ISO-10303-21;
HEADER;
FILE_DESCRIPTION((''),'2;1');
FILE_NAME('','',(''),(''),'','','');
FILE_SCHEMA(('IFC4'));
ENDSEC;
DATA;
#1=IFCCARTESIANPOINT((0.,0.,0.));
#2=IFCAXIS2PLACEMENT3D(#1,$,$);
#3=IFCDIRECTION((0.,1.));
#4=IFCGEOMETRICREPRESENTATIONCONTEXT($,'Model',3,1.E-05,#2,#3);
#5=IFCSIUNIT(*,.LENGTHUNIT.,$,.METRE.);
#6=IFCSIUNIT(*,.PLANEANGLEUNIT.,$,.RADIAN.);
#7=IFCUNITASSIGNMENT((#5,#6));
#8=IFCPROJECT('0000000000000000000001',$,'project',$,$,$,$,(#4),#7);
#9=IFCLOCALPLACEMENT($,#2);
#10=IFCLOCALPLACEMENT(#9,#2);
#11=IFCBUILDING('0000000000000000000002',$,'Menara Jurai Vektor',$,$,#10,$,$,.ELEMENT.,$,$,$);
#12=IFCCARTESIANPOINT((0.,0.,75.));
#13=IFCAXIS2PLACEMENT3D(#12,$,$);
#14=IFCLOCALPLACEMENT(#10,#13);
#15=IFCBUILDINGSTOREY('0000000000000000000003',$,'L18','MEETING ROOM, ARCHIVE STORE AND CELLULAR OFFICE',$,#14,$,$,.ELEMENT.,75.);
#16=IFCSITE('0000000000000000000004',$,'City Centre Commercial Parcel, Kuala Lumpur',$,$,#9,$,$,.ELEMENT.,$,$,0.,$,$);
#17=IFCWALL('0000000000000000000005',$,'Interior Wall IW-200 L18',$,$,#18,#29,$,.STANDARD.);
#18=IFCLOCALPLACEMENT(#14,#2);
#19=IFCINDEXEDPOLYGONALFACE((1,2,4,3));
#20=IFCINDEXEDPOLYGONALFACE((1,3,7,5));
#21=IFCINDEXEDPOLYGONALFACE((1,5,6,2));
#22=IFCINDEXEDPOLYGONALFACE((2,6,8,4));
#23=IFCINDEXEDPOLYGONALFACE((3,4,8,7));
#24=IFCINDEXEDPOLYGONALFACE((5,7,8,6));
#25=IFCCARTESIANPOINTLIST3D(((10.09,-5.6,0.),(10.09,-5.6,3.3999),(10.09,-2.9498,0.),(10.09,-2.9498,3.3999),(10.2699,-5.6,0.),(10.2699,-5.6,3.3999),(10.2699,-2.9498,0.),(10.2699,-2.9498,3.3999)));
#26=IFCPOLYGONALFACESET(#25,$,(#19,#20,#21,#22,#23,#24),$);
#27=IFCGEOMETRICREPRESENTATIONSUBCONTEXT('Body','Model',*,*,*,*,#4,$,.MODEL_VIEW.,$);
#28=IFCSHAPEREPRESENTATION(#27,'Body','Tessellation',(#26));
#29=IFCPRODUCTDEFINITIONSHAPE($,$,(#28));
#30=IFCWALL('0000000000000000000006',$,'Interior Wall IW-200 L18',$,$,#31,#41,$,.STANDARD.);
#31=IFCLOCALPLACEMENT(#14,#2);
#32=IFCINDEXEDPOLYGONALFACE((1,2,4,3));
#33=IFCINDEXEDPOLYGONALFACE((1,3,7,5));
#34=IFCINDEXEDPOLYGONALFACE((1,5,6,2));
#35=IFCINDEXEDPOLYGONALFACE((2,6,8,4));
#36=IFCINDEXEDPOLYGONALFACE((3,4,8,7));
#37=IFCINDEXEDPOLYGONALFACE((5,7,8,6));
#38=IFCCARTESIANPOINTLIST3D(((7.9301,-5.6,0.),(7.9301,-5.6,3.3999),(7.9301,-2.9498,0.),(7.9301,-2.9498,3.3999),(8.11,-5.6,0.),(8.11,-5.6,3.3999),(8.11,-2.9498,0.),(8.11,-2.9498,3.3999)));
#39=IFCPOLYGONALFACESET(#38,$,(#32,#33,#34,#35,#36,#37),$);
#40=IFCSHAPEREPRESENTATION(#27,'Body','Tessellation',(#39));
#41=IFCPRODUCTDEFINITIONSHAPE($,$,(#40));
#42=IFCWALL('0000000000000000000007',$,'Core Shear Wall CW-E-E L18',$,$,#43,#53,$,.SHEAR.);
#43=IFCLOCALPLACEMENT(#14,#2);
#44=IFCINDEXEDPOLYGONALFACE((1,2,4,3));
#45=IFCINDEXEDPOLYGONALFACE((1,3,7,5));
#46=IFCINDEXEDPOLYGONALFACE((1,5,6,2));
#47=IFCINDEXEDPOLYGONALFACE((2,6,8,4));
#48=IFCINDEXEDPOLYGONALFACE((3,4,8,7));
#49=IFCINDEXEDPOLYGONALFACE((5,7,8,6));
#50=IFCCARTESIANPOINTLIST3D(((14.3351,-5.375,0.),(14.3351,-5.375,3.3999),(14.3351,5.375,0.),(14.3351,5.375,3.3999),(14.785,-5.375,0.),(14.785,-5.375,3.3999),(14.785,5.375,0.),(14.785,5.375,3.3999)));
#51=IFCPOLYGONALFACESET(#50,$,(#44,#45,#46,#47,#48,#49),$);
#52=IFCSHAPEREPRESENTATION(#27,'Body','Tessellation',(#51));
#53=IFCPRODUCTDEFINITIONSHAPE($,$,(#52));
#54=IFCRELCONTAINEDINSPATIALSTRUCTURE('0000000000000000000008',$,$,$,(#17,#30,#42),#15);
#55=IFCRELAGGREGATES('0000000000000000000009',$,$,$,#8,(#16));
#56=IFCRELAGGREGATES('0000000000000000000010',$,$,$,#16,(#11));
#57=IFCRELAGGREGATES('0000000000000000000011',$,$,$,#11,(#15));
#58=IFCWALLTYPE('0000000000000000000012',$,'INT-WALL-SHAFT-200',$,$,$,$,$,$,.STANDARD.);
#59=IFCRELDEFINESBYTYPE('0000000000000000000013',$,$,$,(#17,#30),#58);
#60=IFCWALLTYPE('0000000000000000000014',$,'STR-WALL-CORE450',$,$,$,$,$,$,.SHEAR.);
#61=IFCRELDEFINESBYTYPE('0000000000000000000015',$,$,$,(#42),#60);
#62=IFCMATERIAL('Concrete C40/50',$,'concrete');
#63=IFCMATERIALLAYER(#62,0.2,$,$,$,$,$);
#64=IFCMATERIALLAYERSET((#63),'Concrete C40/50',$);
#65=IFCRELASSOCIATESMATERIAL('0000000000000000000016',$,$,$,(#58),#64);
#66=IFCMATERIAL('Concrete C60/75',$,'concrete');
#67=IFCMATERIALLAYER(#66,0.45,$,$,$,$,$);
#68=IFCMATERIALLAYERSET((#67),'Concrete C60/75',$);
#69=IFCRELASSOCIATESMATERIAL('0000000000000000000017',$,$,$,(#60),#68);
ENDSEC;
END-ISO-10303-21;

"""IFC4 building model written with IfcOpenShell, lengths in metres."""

from ifc_helpers import new_model, si_unit, direction, frame, frame_2d, origin, place, context, subcontext, project, spatial, rectangle, extrude, material, layer, layer_set, type_object, element, save


model = new_model("IFC4")

# Units and contexts
model_context = context("Model", 3, precision=1e-05, world=origin(), true_north=direction((0.0, 1.0)))
body_context = subcontext(model_context, "Body", "Model", "MODEL_VIEW")
ifc_project = project(units=[si_unit("LENGTHUNIT", "METRE"), si_unit("PLANEANGLEUNIT", "RADIAN")], contexts=[model_context])

# Site, building, storey
site_placement = place(None, origin())
site = spatial("IfcSite", under=ifc_project, at=site_placement, Name="City Centre Commercial Parcel, Kuala Lumpur", CompositionType="ELEMENT", RefElevation=0.0)
building_placement = place(site_placement, origin())
building = spatial("IfcBuilding", under=site, at=building_placement, Name="Menara Jurai Vektor", CompositionType="ELEMENT")
storey_placement = place(building_placement, frame((0.0, 0.0, 75.0)))
storey = spatial("IfcBuildingStorey", under=building, at=storey_placement, Name="L18", Description="MEETING ROOM, ARCHIVE STORE AND CELLULAR OFFICE", CompositionType="ELEMENT", Elevation=75.0)

# Shared definitions
ifc_material_1 = material(Name="Concrete C60/75", Category="concrete")

# Shared definitions
ifc_material_2 = material(Name="Concrete C40/50", Category="concrete")

# Shared definitions
ifc_layer_1 = layer(ifc_material_2, 0.2)
ifc_layer_set_1 = layer_set([ifc_layer_1], Name="Concrete C40/50")
wall_type_1 = type_object("IfcWallType", Name="INT-WALL-SHAFT-200", PredefinedType="STANDARD", material=ifc_layer_set_1)

# Walls
for number, where, z_axis, x_axis, name in (
    (1, (10.1799, -5.6001, 0.0), (0.0, 0.0, 1.0), (0.0, 1.0, 0.0), "Interior Wall IW-200 L18"),
    (2, (8.02, -5.6001, 0.0), (0.0, 0.0, 1.0), (0.0, 1.0, 0.0), "Interior Wall IW-200 L18"),
):
    element("IfcWall", number, at=place(storey_placement, frame(where, z_axis=z_axis, x_axis=x_axis)), inside=storey, type_object=wall_type_1, Name=name, PredefinedType="STANDARD", context=body_context, shape_type="SweptSolid", body=[
        extrude(rectangle(XDim=2.6501, YDim=0.1799, at=frame_2d((1.3252, 0.0))), origin(), (0.0, 0.0, 1.0), 3.3999),
    ])
ifc_layer_2 = layer(ifc_material_1, 0.45)
ifc_layer_set_2 = layer_set([ifc_layer_2], Name="Concrete C60/75")
wall_type_2 = type_object("IfcWallType", Name="STR-WALL-CORE450", PredefinedType="SHEAR", material=ifc_layer_set_2)
wall_1_placement = place(storey_placement, frame((14.5601, -5.375, 0.0), z_axis=(0.0, 0.0, 1.0), x_axis=(0.0, 1.0, 0.0)))
element("IfcWall", 3, at=wall_1_placement, inside=storey, type_object=wall_type_2, Name="Core Shear Wall CW-E-E L18", PredefinedType="SHEAR", context=body_context, shape_type="SweptSolid", body=[
    extrude(rectangle(XDim=10.75, YDim=0.45, at=frame_2d((5.375, 0.0))), origin(), (0.0, 0.0, 1.0), 3.3999),
])

save(model, "model.ifc")
